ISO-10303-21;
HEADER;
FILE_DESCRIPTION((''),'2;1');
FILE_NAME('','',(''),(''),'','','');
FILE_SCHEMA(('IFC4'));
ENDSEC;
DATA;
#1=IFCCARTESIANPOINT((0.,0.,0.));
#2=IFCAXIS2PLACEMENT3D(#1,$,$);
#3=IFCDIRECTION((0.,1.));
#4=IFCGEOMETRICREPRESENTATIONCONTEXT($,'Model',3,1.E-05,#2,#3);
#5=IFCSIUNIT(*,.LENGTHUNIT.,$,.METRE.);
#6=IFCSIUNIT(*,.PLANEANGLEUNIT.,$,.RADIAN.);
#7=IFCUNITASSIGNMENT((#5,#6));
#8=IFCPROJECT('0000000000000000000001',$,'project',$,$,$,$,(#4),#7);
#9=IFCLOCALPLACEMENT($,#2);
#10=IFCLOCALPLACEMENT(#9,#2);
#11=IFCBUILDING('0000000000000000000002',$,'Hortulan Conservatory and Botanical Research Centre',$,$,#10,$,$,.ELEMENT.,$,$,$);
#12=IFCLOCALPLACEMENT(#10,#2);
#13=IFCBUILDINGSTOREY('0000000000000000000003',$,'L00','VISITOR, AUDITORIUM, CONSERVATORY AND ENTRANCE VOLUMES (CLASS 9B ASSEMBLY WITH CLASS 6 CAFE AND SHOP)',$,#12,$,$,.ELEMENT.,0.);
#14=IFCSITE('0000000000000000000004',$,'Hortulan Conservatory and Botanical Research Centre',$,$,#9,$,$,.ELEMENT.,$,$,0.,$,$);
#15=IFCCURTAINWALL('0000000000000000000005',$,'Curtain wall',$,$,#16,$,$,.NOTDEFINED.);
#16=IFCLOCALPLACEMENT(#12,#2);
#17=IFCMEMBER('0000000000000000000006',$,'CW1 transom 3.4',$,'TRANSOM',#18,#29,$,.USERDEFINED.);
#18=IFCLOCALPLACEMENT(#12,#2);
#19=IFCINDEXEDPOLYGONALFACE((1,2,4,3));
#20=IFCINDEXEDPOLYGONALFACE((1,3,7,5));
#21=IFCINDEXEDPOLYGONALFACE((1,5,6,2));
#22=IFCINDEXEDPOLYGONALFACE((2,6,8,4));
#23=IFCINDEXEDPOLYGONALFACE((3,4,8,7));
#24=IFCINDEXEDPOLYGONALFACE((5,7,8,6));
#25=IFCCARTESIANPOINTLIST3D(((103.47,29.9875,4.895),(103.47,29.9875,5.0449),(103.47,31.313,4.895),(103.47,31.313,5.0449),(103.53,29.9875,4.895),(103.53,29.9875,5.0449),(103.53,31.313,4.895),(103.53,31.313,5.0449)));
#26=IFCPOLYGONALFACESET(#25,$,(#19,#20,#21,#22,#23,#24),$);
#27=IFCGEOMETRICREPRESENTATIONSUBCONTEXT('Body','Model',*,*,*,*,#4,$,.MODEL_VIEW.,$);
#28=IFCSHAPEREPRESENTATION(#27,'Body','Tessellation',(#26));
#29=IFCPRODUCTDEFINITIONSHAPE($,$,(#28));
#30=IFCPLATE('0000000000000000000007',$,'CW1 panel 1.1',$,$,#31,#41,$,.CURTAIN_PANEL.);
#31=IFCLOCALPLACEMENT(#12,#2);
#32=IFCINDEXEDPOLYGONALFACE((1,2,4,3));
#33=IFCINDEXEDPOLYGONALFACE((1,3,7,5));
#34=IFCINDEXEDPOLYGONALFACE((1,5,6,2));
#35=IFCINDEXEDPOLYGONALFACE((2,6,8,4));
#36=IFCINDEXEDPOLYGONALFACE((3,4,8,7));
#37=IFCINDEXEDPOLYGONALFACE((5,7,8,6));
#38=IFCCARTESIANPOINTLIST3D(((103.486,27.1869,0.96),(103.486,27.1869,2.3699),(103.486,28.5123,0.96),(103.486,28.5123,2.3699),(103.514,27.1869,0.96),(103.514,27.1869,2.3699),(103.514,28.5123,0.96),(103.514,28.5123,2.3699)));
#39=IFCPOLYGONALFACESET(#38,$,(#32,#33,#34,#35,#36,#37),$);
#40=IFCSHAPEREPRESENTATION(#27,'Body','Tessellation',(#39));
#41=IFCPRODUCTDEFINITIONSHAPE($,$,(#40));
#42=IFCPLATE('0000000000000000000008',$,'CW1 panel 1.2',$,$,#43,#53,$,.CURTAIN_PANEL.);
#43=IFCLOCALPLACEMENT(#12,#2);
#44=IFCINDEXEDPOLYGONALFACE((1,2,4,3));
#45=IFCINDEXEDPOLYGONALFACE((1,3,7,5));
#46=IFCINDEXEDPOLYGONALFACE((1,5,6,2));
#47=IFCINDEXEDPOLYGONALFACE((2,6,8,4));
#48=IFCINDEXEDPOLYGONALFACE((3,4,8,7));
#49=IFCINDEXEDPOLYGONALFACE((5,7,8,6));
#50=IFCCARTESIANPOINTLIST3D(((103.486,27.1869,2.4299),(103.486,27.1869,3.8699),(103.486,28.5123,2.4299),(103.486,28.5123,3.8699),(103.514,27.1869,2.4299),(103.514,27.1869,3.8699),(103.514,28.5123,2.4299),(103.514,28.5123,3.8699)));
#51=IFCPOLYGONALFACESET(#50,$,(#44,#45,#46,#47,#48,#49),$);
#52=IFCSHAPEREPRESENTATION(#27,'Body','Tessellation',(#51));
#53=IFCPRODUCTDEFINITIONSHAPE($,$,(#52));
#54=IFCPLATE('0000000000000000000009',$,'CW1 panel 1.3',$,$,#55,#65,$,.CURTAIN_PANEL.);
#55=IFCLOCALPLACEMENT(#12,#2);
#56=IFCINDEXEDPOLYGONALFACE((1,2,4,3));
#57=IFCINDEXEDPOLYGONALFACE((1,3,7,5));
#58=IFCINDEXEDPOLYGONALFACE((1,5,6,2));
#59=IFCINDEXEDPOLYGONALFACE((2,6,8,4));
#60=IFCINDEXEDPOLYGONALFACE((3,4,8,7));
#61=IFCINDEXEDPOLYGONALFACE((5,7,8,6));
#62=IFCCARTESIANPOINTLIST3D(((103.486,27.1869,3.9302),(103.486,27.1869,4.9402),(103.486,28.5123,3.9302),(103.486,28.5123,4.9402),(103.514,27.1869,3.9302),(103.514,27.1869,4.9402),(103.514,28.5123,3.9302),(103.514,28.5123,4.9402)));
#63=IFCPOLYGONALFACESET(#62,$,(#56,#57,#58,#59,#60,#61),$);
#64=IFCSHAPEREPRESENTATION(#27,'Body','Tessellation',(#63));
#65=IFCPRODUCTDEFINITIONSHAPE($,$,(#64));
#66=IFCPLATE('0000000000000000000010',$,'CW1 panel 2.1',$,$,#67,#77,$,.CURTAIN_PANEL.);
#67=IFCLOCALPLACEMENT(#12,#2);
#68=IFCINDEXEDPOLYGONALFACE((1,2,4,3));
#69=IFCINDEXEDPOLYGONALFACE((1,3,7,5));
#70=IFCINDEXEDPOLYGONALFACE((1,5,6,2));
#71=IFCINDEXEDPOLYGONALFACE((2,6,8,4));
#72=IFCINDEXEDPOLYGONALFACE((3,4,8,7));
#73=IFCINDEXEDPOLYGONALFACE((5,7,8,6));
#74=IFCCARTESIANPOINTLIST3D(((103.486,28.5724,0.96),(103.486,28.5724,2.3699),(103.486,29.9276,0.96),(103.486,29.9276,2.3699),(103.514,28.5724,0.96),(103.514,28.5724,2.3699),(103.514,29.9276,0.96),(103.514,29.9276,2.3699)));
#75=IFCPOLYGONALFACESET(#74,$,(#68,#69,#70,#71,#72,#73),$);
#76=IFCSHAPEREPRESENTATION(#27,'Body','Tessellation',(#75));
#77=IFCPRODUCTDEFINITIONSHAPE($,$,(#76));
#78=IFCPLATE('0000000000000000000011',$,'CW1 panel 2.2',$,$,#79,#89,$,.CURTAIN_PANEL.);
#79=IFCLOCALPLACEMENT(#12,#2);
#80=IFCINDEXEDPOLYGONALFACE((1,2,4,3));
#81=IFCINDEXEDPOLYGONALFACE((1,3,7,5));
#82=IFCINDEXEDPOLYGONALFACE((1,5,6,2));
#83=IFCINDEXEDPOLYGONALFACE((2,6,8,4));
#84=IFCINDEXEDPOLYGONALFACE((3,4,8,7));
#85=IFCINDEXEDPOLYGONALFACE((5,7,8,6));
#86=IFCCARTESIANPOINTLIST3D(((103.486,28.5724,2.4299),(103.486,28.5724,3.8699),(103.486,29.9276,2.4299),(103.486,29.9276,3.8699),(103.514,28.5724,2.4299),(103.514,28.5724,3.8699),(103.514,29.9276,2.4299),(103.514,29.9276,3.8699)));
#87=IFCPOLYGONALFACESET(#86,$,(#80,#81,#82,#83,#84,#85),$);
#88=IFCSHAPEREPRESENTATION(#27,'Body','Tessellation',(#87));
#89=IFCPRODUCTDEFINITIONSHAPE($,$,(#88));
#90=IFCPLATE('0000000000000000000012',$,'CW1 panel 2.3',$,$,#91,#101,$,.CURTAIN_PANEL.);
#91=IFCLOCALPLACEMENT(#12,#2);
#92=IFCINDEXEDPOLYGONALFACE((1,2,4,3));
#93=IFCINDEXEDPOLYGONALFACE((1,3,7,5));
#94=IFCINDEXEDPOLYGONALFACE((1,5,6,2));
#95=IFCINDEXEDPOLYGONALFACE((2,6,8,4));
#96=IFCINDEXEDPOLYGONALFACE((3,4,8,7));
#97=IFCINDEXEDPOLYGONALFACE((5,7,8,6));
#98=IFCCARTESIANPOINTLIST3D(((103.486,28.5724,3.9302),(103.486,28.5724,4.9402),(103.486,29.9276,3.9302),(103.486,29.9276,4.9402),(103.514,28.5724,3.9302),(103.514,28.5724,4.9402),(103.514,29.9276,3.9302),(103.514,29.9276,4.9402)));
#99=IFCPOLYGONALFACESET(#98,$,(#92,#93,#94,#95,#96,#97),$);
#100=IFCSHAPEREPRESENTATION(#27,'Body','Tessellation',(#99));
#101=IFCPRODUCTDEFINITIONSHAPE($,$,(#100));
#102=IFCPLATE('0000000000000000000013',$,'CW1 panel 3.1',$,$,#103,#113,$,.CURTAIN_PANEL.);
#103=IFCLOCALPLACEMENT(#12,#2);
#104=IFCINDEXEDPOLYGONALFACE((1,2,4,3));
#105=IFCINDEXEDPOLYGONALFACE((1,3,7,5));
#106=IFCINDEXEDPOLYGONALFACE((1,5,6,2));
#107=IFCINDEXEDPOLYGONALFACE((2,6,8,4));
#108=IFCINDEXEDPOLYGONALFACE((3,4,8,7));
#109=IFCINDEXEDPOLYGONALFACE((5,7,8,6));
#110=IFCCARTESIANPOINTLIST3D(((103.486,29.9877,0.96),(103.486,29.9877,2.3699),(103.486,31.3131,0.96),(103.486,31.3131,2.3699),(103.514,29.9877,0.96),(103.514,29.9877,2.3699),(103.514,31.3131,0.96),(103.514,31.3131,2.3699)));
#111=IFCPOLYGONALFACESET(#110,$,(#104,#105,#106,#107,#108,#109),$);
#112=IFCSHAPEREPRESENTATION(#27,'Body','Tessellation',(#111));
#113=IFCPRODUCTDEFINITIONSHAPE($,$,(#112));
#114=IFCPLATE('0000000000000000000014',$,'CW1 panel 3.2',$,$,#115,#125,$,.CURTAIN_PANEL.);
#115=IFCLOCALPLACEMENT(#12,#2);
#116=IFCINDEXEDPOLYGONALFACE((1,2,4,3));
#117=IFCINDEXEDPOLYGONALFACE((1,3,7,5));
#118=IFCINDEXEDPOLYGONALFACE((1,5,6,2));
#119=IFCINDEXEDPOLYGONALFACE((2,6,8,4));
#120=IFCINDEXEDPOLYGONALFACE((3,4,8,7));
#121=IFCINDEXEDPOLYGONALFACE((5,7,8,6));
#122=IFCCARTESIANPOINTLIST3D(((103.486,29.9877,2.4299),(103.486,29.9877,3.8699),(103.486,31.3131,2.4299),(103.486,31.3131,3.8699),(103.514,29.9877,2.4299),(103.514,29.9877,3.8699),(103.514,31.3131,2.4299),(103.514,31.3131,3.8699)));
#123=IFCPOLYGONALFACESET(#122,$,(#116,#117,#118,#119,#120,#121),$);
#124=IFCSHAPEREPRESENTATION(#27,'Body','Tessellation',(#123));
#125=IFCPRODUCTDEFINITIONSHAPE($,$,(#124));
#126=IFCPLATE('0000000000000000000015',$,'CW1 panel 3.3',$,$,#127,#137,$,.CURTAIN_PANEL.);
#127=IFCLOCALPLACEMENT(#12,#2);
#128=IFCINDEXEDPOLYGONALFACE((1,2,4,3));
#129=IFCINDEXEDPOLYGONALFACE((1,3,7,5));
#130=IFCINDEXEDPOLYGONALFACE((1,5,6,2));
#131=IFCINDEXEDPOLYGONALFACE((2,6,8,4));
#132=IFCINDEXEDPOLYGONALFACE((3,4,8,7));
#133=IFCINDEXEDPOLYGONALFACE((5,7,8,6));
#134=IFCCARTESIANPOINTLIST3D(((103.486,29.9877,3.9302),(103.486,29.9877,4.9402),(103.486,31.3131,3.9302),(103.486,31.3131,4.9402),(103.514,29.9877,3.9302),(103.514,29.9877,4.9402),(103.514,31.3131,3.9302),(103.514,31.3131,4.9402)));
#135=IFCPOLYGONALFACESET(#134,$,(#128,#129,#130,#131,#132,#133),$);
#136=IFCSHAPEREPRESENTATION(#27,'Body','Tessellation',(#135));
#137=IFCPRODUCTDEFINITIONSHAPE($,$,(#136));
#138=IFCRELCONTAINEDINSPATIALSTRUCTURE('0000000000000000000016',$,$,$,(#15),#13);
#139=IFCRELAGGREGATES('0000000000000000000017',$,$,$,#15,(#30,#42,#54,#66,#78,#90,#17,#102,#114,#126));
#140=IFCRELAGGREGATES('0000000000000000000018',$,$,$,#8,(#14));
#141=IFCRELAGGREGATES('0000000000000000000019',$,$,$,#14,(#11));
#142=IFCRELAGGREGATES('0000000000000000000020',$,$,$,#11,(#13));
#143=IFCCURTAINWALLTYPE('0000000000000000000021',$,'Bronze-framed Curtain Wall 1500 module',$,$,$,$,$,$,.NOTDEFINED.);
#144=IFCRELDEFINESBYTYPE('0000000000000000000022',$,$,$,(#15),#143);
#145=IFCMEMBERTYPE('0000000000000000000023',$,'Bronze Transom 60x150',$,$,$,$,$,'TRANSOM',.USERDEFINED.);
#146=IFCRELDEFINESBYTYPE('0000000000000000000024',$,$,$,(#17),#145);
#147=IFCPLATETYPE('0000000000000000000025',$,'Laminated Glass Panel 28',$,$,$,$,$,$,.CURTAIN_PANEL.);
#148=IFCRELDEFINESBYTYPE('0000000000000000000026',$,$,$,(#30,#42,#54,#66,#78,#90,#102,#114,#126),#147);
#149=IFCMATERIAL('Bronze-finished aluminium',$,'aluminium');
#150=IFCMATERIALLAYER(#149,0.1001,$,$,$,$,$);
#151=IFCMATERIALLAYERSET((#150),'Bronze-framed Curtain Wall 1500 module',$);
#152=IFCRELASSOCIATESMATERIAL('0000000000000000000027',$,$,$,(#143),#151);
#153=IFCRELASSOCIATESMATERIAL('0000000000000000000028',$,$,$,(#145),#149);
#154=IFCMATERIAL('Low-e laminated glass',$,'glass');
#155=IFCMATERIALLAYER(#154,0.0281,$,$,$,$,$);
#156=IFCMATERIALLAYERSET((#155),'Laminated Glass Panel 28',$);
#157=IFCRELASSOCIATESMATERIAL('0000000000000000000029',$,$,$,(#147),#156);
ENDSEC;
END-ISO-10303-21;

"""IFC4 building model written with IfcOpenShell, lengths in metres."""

from ifc_helpers import new_model, si_unit, direction, frame, origin, origin_2d, place, context, subcontext, project, spatial, rectangle, extrude, material, layer, layer_set, material_profile, profile_set, type_object, element, aggregate, save


model = new_model("IFC4")

# Units and contexts
model_context = context("Model", 3, precision=1e-05, world=origin(), true_north=direction((0.0, 1.0)))
body_context = subcontext(model_context, "Body", "Model", "MODEL_VIEW")
ifc_project = project(units=[si_unit("LENGTHUNIT", "METRE"), si_unit("PLANEANGLEUNIT", "RADIAN")], contexts=[model_context])

# Site, building, storey
site_placement = place(None, origin())
site = spatial("IfcSite", under=ifc_project, at=site_placement, Name="Hortulan Conservatory and Botanical Research Centre", CompositionType="ELEMENT", RefElevation=0.0)
building_placement = place(site_placement, origin())
building = spatial("IfcBuilding", under=site, at=building_placement, Name="Hortulan Conservatory and Botanical Research Centre", CompositionType="ELEMENT")
storey_placement = place(building_placement, origin())
storey = spatial("IfcBuildingStorey", under=building, at=storey_placement, Name="L00", Description="VISITOR, AUDITORIUM, CONSERVATORY AND ENTRANCE VOLUMES (CLASS 9B ASSEMBLY WITH CLASS 6 CAFE AND SHOP)", CompositionType="ELEMENT", Elevation=0.0)

# Curtain wall, member, plates
ifc_material_1 = material(Name="Bronze-finished aluminium", Category="aluminium")
ifc_layer_1 = layer(ifc_material_1, 0.1001)
ifc_layer_set_1 = layer_set([ifc_layer_1], Name="Bronze-framed Curtain Wall 1500 module")
curtain_wall_type = type_object("IfcCurtainWallType", Name="Bronze-framed Curtain Wall 1500 module", PredefinedType="NOTDEFINED", material=ifc_layer_set_1)
curtain_wall_placement = place(storey_placement, origin())
curtain_wall = element("IfcCurtainWall", 1, at=curtain_wall_placement, inside=storey, type_object=curtain_wall_type, Name="Curtain wall", PredefinedType="NOTDEFINED")
ifc_material_profile_1 = material_profile(ifc_material_1, rectangle(XDim=0.0601, YDim=0.1499, at=origin_2d()), Name="Bronze Transom 60x150")
ifc_profile_set_1 = profile_set([ifc_material_profile_1], Name="Bronze-finished aluminium")
member_type_1 = type_object("IfcMemberType", Name="Bronze Transom 60x150", ElementType="TRANSOM", PredefinedType="USERDEFINED", material=ifc_profile_set_1)
member_1_placement = place(storey_placement, frame((103.5, 29.9875, 4.97), z_axis=(0.0, 1.0, 0.0), x_axis=(-1.0, 0.0, 0.0)))
member_1 = element("IfcMember", 2, at=member_1_placement, type_object=member_type_1, Name="CW1 transom 3.4", ObjectType="TRANSOM", PredefinedType="USERDEFINED", context=body_context, shape_type="SweptSolid", body=[
    extrude(rectangle(XDim=0.0601, YDim=0.1499, at=origin_2d()), origin(), (0.0, 0.0, 1.0), 1.3254),
])
ifc_material_2 = material(Name="Low-e laminated glass", Category="glass")
ifc_layer_2 = layer(ifc_material_2, 0.0281)
ifc_layer_set_2 = layer_set([ifc_layer_2], Name="Laminated Glass Panel 28")
plate_type = type_object("IfcPlateType", Name="Laminated Glass Panel 28", PredefinedType="CURTAIN_PANEL", material=ifc_layer_set_2)
plate_1_placement = place(storey_placement, frame((103.5, 27.8496, 0.96), z_axis=(0.0, 0.0, 1.0), x_axis=(0.0, 1.0, 0.0)))
plate_1 = element("IfcPlate", 3, at=plate_1_placement, type_object=plate_type, Name="CW1 panel 1.1", PredefinedType="CURTAIN_PANEL", context=body_context, shape_type="SweptSolid", body=[
    extrude(rectangle(XDim=1.3254, YDim=0.0281, at=origin_2d()), origin(), (0.0, 0.0, 1.0), 1.4099),
])
plate_2_placement = place(storey_placement, frame((103.5, 27.8496, 2.4299), z_axis=(0.0, 0.0, 1.0), x_axis=(0.0, 1.0, 0.0)))
plate_2 = element("IfcPlate", 4, at=plate_2_placement, type_object=plate_type, Name="CW1 panel 1.2", PredefinedType="CURTAIN_PANEL", context=body_context, shape_type="SweptSolid", body=[
    extrude(rectangle(XDim=1.3254, YDim=0.0281, at=origin_2d()), origin(), (0.0, 0.0, 1.0), 1.4399),
])
plate_3_placement = place(storey_placement, frame((103.5, 27.8496, 3.9302), z_axis=(0.0, 0.0, 1.0), x_axis=(0.0, 1.0, 0.0)))
plate_3 = element("IfcPlate", 5, at=plate_3_placement, type_object=plate_type, Name="CW1 panel 1.3", PredefinedType="CURTAIN_PANEL", context=body_context, shape_type="SweptSolid", body=[
    extrude(rectangle(XDim=1.3254, YDim=0.0281, at=origin_2d()), origin(), (0.0, 0.0, 1.0), 1.01),
])
plate_4_placement = place(storey_placement, frame((103.5, 29.25, 0.96), z_axis=(0.0, 0.0, 1.0), x_axis=(0.0, 1.0, 0.0)))
plate_4 = element("IfcPlate", 6, at=plate_4_placement, type_object=plate_type, Name="CW1 panel 2.1", PredefinedType="CURTAIN_PANEL", context=body_context, shape_type="SweptSolid", body=[
    extrude(rectangle(XDim=1.3552, YDim=0.0281, at=origin_2d()), origin(), (0.0, 0.0, 1.0), 1.4099),
])
plate_5_placement = place(storey_placement, frame((103.5, 29.25, 2.4299), z_axis=(0.0, 0.0, 1.0), x_axis=(0.0, 1.0, 0.0)))
plate_5 = element("IfcPlate", 7, at=plate_5_placement, type_object=plate_type, Name="CW1 panel 2.2", PredefinedType="CURTAIN_PANEL", context=body_context, shape_type="SweptSolid", body=[
    extrude(rectangle(XDim=1.3552, YDim=0.0281, at=origin_2d()), origin(), (0.0, 0.0, 1.0), 1.4399),
])
plate_6_placement = place(storey_placement, frame((103.5, 29.25, 3.9302), z_axis=(0.0, 0.0, 1.0), x_axis=(0.0, 1.0, 0.0)))
plate_6 = element("IfcPlate", 8, at=plate_6_placement, type_object=plate_type, Name="CW1 panel 2.3", PredefinedType="CURTAIN_PANEL", context=body_context, shape_type="SweptSolid", body=[
    extrude(rectangle(XDim=1.3552, YDim=0.0281, at=origin_2d()), origin(), (0.0, 0.0, 1.0), 1.01),
])
plate_7_placement = place(storey_placement, frame((103.5, 30.6504, 0.96), z_axis=(0.0, 0.0, 1.0), x_axis=(0.0, 1.0, 0.0)))
plate_7 = element("IfcPlate", 9, at=plate_7_placement, type_object=plate_type, Name="CW1 panel 3.1", PredefinedType="CURTAIN_PANEL", context=body_context, shape_type="SweptSolid", body=[
    extrude(rectangle(XDim=1.3254, YDim=0.0281, at=origin_2d()), origin(), (0.0, 0.0, 1.0), 1.4099),
])
plate_8_placement = place(storey_placement, frame((103.5, 30.6504, 2.4299), z_axis=(0.0, 0.0, 1.0), x_axis=(0.0, 1.0, 0.0)))
plate_8 = element("IfcPlate", 10, at=plate_8_placement, type_object=plate_type, Name="CW1 panel 3.2", PredefinedType="CURTAIN_PANEL", context=body_context, shape_type="SweptSolid", body=[
    extrude(rectangle(XDim=1.3254, YDim=0.0281, at=origin_2d()), origin(), (0.0, 0.0, 1.0), 1.4399),
])
plate_9_placement = place(storey_placement, frame((103.5, 30.6504, 3.9302), z_axis=(0.0, 0.0, 1.0), x_axis=(0.0, 1.0, 0.0)))
plate_9 = element("IfcPlate", 11, at=plate_9_placement, type_object=plate_type, Name="CW1 panel 3.3", PredefinedType="CURTAIN_PANEL", context=body_context, shape_type="SweptSolid", body=[
    extrude(rectangle(XDim=1.3254, YDim=0.0281, at=origin_2d()), origin(), (0.0, 0.0, 1.0), 1.01),
])
aggregate(curtain_wall, [plate_1, plate_2, plate_3, plate_4, plate_5, plate_6, member_1, plate_7, plate_8, plate_9])

save(model, "model.ifc")
